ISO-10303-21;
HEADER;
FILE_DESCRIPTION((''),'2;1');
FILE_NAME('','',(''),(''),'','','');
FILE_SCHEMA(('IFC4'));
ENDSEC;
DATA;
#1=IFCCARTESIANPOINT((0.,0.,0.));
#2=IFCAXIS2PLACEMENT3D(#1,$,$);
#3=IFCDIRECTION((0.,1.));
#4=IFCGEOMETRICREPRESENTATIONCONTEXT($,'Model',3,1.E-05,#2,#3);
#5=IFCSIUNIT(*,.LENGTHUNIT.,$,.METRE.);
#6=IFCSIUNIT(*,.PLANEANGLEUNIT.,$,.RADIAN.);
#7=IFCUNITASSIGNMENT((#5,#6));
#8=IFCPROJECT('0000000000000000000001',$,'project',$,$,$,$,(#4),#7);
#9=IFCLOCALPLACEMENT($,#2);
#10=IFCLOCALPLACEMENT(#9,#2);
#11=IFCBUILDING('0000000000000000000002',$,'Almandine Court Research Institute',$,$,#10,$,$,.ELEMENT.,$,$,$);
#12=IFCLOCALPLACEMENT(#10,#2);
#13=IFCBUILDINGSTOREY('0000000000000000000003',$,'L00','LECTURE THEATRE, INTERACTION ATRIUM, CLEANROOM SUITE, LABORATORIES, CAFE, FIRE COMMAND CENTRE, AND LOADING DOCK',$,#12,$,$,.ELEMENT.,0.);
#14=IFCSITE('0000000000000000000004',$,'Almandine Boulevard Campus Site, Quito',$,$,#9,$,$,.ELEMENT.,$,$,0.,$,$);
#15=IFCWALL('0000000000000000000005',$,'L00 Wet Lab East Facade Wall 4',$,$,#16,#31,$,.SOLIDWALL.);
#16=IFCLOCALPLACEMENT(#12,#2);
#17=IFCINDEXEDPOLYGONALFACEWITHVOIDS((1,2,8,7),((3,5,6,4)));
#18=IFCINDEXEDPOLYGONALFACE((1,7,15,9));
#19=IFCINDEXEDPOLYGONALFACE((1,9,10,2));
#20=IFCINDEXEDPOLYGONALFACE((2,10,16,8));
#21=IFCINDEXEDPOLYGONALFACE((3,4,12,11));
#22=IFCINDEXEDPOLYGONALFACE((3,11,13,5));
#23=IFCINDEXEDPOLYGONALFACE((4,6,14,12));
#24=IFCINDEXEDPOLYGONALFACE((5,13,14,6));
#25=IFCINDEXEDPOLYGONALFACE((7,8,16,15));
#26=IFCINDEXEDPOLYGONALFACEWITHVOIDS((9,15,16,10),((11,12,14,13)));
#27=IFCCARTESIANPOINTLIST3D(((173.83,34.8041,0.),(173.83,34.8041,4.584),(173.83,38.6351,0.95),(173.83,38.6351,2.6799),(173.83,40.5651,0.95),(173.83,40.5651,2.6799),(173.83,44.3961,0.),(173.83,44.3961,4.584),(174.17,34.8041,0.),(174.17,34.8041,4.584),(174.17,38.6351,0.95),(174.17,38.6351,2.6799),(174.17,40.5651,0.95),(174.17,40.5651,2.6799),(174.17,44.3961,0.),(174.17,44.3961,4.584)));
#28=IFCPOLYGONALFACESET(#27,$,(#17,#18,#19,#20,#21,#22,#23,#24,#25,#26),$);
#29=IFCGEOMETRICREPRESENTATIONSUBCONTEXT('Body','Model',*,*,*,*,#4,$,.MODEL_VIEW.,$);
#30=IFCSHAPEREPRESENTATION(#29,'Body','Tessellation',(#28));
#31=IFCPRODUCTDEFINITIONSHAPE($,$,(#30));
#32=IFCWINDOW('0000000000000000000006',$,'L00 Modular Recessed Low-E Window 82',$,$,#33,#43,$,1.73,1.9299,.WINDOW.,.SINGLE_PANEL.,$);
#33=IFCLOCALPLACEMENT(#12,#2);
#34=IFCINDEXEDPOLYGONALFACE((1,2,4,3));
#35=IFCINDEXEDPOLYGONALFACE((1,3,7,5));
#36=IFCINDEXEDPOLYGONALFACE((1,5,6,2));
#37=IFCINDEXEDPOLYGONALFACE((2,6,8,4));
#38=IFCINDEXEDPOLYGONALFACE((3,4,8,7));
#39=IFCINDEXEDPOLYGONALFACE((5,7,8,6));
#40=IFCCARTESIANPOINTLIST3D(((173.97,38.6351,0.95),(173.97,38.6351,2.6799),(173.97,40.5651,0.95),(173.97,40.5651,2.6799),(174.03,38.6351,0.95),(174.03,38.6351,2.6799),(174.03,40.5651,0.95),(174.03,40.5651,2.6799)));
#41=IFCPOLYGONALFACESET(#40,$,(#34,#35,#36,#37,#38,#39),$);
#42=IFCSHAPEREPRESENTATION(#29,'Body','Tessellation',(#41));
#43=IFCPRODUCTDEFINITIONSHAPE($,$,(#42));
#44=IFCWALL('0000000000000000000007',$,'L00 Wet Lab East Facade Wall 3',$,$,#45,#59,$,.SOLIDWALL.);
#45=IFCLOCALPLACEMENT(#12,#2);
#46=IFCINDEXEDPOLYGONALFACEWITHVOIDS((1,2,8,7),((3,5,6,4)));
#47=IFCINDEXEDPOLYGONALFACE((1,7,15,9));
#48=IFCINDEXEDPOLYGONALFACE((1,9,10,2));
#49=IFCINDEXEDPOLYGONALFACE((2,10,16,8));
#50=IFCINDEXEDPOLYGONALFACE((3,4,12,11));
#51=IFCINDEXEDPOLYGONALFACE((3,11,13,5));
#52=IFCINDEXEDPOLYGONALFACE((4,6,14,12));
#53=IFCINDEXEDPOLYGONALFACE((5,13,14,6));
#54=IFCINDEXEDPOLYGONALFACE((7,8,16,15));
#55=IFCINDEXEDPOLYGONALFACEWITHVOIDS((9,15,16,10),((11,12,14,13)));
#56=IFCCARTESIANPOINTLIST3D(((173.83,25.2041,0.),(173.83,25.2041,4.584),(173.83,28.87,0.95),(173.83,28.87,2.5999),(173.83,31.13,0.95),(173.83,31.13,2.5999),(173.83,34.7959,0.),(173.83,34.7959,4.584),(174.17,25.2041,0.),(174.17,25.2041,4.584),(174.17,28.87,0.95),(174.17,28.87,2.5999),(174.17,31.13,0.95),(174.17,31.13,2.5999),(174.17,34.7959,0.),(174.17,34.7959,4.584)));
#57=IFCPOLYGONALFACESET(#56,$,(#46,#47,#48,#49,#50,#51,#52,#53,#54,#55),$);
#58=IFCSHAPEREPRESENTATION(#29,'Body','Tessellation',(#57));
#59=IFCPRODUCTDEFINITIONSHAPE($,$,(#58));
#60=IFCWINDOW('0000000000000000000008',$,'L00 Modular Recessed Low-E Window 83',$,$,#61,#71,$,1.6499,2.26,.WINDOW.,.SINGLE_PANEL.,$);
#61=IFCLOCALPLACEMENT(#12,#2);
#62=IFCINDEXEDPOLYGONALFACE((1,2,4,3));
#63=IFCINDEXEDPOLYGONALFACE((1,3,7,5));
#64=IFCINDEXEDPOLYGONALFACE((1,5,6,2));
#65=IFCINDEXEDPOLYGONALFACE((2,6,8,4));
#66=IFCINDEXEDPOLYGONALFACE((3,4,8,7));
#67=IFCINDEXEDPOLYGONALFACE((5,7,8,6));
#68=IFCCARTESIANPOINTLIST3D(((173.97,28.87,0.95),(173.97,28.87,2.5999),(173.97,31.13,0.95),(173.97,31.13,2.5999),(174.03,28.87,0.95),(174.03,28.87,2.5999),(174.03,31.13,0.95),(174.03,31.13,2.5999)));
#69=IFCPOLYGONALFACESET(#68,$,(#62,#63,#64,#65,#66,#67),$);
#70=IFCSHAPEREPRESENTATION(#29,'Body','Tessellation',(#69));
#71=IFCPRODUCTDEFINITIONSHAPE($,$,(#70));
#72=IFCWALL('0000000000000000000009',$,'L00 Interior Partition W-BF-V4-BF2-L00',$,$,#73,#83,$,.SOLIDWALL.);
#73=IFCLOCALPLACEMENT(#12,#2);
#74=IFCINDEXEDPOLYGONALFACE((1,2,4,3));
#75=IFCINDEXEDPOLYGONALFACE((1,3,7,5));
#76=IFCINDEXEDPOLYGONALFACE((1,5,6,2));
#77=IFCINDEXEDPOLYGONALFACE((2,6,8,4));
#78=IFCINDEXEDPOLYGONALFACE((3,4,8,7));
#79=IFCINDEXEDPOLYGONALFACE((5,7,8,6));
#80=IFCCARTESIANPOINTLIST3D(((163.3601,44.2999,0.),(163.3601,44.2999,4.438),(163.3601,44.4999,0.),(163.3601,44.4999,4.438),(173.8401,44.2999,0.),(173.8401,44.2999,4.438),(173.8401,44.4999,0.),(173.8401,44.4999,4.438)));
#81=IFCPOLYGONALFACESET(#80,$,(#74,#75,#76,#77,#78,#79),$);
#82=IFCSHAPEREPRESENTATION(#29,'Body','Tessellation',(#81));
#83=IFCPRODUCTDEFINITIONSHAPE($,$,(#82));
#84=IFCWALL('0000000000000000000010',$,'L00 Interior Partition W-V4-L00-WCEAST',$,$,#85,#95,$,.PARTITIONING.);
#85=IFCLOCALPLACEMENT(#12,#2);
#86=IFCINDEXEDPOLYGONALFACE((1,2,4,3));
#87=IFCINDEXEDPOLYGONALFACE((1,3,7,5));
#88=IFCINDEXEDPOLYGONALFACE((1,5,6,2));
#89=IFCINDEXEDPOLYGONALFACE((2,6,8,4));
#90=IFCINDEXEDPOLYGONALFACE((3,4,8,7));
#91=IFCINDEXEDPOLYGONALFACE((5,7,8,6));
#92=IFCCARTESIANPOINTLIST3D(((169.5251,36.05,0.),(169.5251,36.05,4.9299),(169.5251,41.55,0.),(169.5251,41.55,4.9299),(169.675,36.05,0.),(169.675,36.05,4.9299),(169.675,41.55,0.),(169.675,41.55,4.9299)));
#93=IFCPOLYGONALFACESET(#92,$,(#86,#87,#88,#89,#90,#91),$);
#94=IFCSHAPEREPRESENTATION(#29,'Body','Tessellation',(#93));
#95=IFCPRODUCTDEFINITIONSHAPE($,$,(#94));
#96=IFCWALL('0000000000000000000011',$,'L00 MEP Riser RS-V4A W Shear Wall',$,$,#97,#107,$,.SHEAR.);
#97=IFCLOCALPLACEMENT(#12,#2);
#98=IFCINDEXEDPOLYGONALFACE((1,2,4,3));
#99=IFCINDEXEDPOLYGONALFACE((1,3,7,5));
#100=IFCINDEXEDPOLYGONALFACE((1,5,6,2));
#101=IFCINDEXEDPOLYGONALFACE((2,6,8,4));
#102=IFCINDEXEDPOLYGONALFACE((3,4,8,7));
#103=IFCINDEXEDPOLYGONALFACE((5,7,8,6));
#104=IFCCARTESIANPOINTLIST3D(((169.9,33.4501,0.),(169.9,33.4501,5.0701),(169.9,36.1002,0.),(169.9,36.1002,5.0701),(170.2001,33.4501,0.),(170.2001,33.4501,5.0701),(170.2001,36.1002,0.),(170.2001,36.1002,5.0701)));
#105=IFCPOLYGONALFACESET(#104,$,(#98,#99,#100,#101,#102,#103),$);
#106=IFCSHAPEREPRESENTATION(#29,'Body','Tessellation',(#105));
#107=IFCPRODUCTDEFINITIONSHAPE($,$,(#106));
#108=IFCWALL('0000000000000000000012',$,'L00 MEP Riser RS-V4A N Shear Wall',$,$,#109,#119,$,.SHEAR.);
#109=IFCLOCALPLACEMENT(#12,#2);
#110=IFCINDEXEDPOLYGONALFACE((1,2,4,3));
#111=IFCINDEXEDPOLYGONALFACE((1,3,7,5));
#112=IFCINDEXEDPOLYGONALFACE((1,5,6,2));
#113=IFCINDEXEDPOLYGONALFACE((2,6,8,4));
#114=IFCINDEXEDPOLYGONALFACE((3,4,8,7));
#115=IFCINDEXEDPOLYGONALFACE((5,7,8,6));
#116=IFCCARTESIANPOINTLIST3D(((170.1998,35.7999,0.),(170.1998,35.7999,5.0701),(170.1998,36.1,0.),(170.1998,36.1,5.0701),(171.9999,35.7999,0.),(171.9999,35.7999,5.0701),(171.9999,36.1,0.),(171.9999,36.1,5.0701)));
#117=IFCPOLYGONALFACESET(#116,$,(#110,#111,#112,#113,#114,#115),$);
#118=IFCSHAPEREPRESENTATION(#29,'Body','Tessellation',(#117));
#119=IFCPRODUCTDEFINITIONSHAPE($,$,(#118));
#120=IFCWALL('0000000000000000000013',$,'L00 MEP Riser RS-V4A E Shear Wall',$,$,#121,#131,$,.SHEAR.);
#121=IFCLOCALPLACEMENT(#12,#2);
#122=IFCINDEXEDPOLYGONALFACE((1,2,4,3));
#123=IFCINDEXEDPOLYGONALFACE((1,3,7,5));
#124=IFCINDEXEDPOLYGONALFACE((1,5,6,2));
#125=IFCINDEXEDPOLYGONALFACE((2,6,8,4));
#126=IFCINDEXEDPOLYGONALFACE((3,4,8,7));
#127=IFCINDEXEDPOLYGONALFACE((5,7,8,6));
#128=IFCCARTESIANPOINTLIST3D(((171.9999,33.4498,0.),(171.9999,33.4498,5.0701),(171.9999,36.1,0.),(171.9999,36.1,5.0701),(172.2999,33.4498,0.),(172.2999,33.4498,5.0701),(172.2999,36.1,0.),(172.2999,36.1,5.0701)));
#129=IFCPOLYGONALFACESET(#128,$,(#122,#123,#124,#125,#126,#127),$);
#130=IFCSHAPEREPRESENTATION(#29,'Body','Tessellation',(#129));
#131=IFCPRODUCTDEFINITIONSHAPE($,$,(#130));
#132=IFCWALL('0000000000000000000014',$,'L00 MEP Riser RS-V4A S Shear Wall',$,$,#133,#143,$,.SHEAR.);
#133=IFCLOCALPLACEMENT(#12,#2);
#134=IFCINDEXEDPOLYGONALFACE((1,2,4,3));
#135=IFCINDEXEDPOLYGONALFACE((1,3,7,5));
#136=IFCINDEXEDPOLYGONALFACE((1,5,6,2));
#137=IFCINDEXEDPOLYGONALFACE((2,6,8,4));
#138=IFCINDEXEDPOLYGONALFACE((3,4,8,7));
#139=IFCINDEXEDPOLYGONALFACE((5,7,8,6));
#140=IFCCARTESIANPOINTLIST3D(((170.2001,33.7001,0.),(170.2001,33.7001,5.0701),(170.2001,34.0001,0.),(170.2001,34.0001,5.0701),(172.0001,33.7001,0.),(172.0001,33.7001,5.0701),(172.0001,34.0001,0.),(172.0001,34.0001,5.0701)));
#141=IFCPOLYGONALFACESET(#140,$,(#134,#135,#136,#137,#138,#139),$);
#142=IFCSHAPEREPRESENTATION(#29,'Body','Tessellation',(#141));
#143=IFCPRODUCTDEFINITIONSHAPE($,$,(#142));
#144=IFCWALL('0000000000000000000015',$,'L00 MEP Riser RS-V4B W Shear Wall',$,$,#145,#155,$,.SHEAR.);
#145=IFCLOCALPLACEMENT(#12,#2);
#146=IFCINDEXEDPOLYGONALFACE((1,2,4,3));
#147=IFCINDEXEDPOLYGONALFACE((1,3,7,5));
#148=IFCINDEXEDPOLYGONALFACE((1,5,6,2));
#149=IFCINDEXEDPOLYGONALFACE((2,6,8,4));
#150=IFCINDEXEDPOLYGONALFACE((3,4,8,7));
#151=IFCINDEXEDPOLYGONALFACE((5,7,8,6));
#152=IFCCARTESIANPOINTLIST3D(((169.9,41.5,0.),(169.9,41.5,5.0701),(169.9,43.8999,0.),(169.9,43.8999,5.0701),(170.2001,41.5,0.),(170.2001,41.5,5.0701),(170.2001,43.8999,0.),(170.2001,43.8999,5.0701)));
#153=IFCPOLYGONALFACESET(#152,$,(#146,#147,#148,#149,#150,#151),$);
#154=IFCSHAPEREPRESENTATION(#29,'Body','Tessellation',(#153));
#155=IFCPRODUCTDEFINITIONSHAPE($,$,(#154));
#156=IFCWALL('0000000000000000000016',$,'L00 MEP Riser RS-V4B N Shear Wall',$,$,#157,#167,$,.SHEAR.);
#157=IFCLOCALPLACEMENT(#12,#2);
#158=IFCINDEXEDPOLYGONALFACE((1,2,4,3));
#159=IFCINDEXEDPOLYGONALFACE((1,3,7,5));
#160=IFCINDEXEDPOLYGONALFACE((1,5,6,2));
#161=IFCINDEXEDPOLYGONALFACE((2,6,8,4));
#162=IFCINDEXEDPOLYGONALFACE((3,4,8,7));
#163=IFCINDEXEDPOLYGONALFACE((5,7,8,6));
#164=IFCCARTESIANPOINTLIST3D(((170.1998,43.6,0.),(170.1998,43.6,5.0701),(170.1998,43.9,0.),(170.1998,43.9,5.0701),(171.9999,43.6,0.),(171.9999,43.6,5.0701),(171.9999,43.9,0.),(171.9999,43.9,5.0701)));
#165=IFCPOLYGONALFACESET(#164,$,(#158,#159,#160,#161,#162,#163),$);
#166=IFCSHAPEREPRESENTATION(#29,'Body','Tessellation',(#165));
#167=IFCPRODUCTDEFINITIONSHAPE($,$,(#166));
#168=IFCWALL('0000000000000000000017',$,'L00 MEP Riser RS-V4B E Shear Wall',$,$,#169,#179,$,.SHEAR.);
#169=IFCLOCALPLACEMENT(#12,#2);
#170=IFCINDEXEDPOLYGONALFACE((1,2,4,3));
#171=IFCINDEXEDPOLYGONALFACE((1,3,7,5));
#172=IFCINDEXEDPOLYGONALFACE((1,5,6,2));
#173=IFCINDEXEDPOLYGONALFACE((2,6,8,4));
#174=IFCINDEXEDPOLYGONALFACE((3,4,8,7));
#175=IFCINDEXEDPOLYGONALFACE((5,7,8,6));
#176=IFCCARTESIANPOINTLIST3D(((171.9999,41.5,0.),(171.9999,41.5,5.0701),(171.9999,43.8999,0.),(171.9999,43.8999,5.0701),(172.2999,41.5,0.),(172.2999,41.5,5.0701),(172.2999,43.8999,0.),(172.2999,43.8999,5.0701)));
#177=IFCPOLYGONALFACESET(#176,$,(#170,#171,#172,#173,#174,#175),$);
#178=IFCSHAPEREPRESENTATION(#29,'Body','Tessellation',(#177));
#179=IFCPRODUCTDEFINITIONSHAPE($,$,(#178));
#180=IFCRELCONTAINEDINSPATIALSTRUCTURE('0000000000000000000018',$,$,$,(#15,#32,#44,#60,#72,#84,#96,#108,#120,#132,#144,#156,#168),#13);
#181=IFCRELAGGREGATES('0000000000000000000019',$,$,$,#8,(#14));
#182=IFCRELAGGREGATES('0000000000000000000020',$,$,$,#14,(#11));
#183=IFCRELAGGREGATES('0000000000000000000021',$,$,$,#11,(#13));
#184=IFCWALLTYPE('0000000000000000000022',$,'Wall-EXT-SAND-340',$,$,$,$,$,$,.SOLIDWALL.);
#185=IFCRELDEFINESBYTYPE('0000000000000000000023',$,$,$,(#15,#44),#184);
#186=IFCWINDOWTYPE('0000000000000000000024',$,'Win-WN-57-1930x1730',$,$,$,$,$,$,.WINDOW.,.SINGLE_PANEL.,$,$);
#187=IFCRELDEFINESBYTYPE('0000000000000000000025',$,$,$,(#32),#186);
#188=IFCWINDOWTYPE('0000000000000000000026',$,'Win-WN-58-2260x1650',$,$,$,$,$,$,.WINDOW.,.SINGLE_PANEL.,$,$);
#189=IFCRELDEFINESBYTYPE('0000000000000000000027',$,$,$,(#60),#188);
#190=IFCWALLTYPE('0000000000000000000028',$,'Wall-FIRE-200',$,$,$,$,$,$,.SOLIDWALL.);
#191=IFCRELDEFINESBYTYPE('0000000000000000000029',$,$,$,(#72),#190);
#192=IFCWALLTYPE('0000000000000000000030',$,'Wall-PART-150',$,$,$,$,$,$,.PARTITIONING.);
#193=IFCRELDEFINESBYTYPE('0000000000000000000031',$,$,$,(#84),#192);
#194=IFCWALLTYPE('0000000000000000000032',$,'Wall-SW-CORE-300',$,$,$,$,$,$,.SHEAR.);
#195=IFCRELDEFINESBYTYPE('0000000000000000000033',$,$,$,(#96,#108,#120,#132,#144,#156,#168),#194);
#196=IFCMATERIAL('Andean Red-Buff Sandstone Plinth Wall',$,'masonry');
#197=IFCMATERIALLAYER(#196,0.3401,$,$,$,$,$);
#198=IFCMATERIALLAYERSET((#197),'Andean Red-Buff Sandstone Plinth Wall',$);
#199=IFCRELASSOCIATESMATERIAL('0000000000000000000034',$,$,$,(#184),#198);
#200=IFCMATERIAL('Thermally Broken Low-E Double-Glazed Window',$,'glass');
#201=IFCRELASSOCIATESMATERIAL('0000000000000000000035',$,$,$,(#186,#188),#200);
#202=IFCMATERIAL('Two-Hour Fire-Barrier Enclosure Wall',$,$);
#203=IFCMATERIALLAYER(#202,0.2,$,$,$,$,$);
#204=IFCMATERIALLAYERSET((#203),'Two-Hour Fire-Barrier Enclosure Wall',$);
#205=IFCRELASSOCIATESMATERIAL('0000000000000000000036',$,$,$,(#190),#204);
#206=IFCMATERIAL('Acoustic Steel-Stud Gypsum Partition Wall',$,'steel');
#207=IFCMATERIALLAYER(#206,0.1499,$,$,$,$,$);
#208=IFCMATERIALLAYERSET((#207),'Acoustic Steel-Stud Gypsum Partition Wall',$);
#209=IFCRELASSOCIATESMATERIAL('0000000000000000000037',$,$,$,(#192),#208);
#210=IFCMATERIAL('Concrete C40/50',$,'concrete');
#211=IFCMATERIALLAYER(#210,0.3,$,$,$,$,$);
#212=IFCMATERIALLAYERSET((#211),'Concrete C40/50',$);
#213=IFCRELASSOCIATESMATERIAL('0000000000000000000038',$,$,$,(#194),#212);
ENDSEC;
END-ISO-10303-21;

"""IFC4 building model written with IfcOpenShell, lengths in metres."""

from ifc_helpers import new_model, si_unit, direction, frame, frame_2d, origin, place, context, subcontext, project, spatial, rectangle, extrude, material, layer, layer_set, type_object, element, fill, save


model = new_model("IFC4")

# Units and contexts
model_context = context("Model", 3, precision=1e-05, world=origin(), true_north=direction((0.0, 1.0)))
body_context = subcontext(model_context, "Body", "Model", "MODEL_VIEW")
ifc_project = project(units=[si_unit("LENGTHUNIT", "METRE"), si_unit("PLANEANGLEUNIT", "RADIAN")], contexts=[model_context])

# Site, building, storey
site_placement = place(None, origin())
site = spatial("IfcSite", under=ifc_project, at=site_placement, Name="Almandine Boulevard Campus Site, Quito", CompositionType="ELEMENT", RefElevation=0.0)
building_placement = place(site_placement, origin())
building = spatial("IfcBuilding", under=site, at=building_placement, Name="Almandine Court Research Institute", CompositionType="ELEMENT")
storey_placement = place(building_placement, origin())
storey = spatial("IfcBuildingStorey", under=building, at=storey_placement, Name="L00", Description="LECTURE THEATRE, INTERACTION ATRIUM, CLEANROOM SUITE, LABORATORIES, CAFE, FIRE COMMAND CENTRE, AND LOADING DOCK", CompositionType="ELEMENT", Elevation=0.0)

# Walls, openings, windows
ifc_material_1 = material(Name="Andean Red-Buff Sandstone Plinth Wall", Category="masonry")
ifc_layer_1 = layer(ifc_material_1, 0.3401)
ifc_layer_set_1 = layer_set([ifc_layer_1], Name="Andean Red-Buff Sandstone Plinth Wall")
wall_type_1 = type_object("IfcWallType", Name="Wall-EXT-SAND-340", PredefinedType="SOLIDWALL", material=ifc_layer_set_1)
wall_1_placement = place(storey_placement, frame((174.0, 44.396, 0.0), z_axis=(0.0, 0.0, 1.0), x_axis=(0.0, -1.0, 0.0)))
wall_1 = element("IfcWall", 1, at=wall_1_placement, inside=storey, type_object=wall_type_1, Name="L00 Wet Lab East Facade Wall 4", PredefinedType="SOLIDWALL", context=body_context, shape_type="SweptSolid", body=[
    extrude(rectangle(XDim=9.592, YDim=0.3401, at=frame_2d((4.7959, 0.0))), origin(), (0.0, 0.0, 1.0), 4.584),
])
opening_1_placement = place(wall_1_placement, frame((3.8311, 0.0, 0.95)))
opening_1 = element("IfcOpeningElement", 2, at=opening_1_placement, cuts=wall_1, PredefinedType="OPENING", context=body_context, shape_type="SweptSolid", body=[
    extrude(rectangle(XDim=1.9299, YDim=1.73, at=frame_2d((0.9648, 0.865))), frame((0.0, 0.1799, 0.0), z_axis=(0.0, -1.0, 0.0), x_axis=(1.0, 0.0, 0.0)), (0.0, 0.0, 1.0), 0.3601),
])
ifc_material_2 = material(Name="Thermally Broken Low-E Double-Glazed Window", Category="glass")
window_type_1 = type_object("IfcWindowType", Name="Win-WN-57-1930x1730", PartitioningType="SINGLE_PANEL", PredefinedType="WINDOW", material=ifc_material_2)
window_1_placement = place(opening_1_placement, origin())
window_1 = element("IfcWindow", 3, at=window_1_placement, inside=storey, type_object=window_type_1, Name="L00 Modular Recessed Low-E Window 82", OverallHeight=1.73, OverallWidth=1.9299, PartitioningType="SINGLE_PANEL", PredefinedType="WINDOW", context=body_context, shape_type="SweptSolid", body=[
    extrude(rectangle(XDim=1.9299, YDim=1.73, at=frame_2d((0.9648, 0.865))), frame((0.0, 0.03, 0.0), z_axis=(0.0, -1.0, 0.0), x_axis=(1.0, 0.0, 0.0)), (0.0, 0.0, 1.0), 0.0601),
])
fill(opening_1, window_1)
wall_2_placement = place(storey_placement, frame((174.0, 34.7959, 0.0), z_axis=(0.0, 0.0, 1.0), x_axis=(0.0, -1.0, 0.0)))
wall_2 = element("IfcWall", 4, at=wall_2_placement, inside=storey, type_object=wall_type_1, Name="L00 Wet Lab East Facade Wall 3", PredefinedType="SOLIDWALL", context=body_context, shape_type="SweptSolid", body=[
    extrude(rectangle(XDim=9.5918, YDim=0.3401, at=frame_2d((4.7959, 0.0))), origin(), (0.0, 0.0, 1.0), 4.584),
])
opening_2_placement = place(wall_2_placement, frame((3.666, 0.0, 0.95)))
opening_2 = element("IfcOpeningElement", 5, at=opening_2_placement, cuts=wall_2, PredefinedType="OPENING", context=body_context, shape_type="SweptSolid", body=[
    extrude(rectangle(XDim=2.26, YDim=1.6499, at=frame_2d((1.1299, 0.825))), frame((0.0, 0.1799, 0.0), z_axis=(0.0, -1.0, 0.0), x_axis=(1.0, 0.0, 0.0)), (0.0, 0.0, 1.0), 0.3601),
])
window_type_2 = type_object("IfcWindowType", Name="Win-WN-58-2260x1650", PartitioningType="SINGLE_PANEL", PredefinedType="WINDOW", material=ifc_material_2)
window_2_placement = place(opening_2_placement, origin())
window_2 = element("IfcWindow", 6, at=window_2_placement, inside=storey, type_object=window_type_2, Name="L00 Modular Recessed Low-E Window 83", OverallHeight=1.6499, OverallWidth=2.26, PartitioningType="SINGLE_PANEL", PredefinedType="WINDOW", context=body_context, shape_type="SweptSolid", body=[
    extrude(rectangle(XDim=2.26, YDim=1.6499, at=frame_2d((1.1299, 0.825))), frame((0.0, 0.03, 0.0), z_axis=(0.0, -1.0, 0.0), x_axis=(1.0, 0.0, 0.0)), (0.0, 0.0, 1.0), 0.0601),
])
fill(opening_2, window_2)

# Walls
ifc_material_3 = material(Name="Two-Hour Fire-Barrier Enclosure Wall")
ifc_layer_2 = layer(ifc_material_3, 0.2)
ifc_layer_set_2 = layer_set([ifc_layer_2], Name="Two-Hour Fire-Barrier Enclosure Wall")
wall_type_2 = type_object("IfcWallType", Name="Wall-FIRE-200", PredefinedType="SOLIDWALL", material=ifc_layer_set_2)
wall_3_placement = place(storey_placement, frame((163.3601, 44.3999, 0.0), z_axis=(0.0, 0.0, 1.0), x_axis=(1.0, 0.0, 0.0)))
element("IfcWall", 7, at=wall_3_placement, inside=storey, type_object=wall_type_2, Name="L00 Interior Partition W-BF-V4-BF2-L00", PredefinedType="SOLIDWALL", context=body_context, shape_type="SweptSolid", body=[
    extrude(rectangle(XDim=10.48, YDim=0.2, at=frame_2d((5.24, 0.0))), origin(), (0.0, 0.0, 1.0), 4.438),
])
ifc_material_4 = material(Name="Acoustic Steel-Stud Gypsum Partition Wall", Category="steel")
ifc_layer_3 = layer(ifc_material_4, 0.1499)
ifc_layer_set_3 = layer_set([ifc_layer_3], Name="Acoustic Steel-Stud Gypsum Partition Wall")
wall_type_3 = type_object("IfcWallType", Name="Wall-PART-150", PredefinedType="PARTITIONING", material=ifc_layer_set_3)
wall_4_placement = place(storey_placement, frame((169.6001, 36.05, 0.0), z_axis=(0.0, 0.0, 1.0), x_axis=(0.0, 1.0, 0.0)))
element("IfcWall", 8, at=wall_4_placement, inside=storey, type_object=wall_type_3, Name="L00 Interior Partition W-V4-L00-WCEAST", PredefinedType="PARTITIONING", context=body_context, shape_type="SweptSolid", body=[
    extrude(rectangle(XDim=5.5, YDim=0.1499, at=frame_2d((2.75, 0.0))), origin(), (0.0, 0.0, 1.0), 4.9299),
])
ifc_material_5 = material(Name="Concrete C40/50", Category="concrete")
ifc_layer_4 = layer(ifc_material_5, 0.3)
ifc_layer_set_4 = layer_set([ifc_layer_4], Name="Concrete C40/50")
wall_type_4 = type_object("IfcWallType", Name="Wall-SW-CORE-300", PredefinedType="SHEAR", material=ifc_layer_set_4)
wall_5_placement = place(storey_placement, frame((170.05, 33.45, 0.0), z_axis=(0.0, 0.0, 1.0), x_axis=(0.0, 1.0, 0.0)))
element("IfcWall", 9, at=wall_5_placement, inside=storey, type_object=wall_type_4, Name="L00 MEP Riser RS-V4A W Shear Wall", PredefinedType="SHEAR", context=body_context, shape_type="SweptSolid", body=[
    extrude(rectangle(XDim=2.6501, YDim=0.3, at=frame_2d((1.3252, 0.0))), origin(), (0.0, 0.0, 1.0), 5.0701),
])
wall_6_placement = place(storey_placement, frame((170.2, 35.95, 0.0), z_axis=(0.0, 0.0, 1.0), x_axis=(1.0, 0.0, 0.0)))
element("IfcWall", 10, at=wall_6_placement, inside=storey, type_object=wall_type_4, Name="L00 MEP Riser RS-V4A N Shear Wall", PredefinedType="SHEAR", context=body_context, shape_type="SweptSolid", body=[
    extrude(rectangle(XDim=1.8, YDim=0.3, at=frame_2d((0.8999, 0.0))), origin(), (0.0, 0.0, 1.0), 5.0701),
])
wall_7_placement = place(storey_placement, frame((172.1499, 36.1001, 0.0), z_axis=(0.0, 0.0, 1.0), x_axis=(0.0, -1.0, 0.0)))
element("IfcWall", 11, at=wall_7_placement, inside=storey, type_object=wall_type_4, Name="L00 MEP Riser RS-V4A E Shear Wall", PredefinedType="SHEAR", context=body_context, shape_type="SweptSolid", body=[
    extrude(rectangle(XDim=2.6501, YDim=0.3, at=frame_2d((1.3252, 0.0))), origin(), (0.0, 0.0, 1.0), 5.0701),
])
wall_8_placement = place(storey_placement, frame((172.0, 33.8501, 0.0), z_axis=(0.0, 0.0, 1.0), x_axis=(-1.0, 0.0, 0.0)))
element("IfcWall", 12, at=wall_8_placement, inside=storey, type_object=wall_type_4, Name="L00 MEP Riser RS-V4A S Shear Wall", PredefinedType="SHEAR", context=body_context, shape_type="SweptSolid", body=[
    extrude(rectangle(XDim=1.8, YDim=0.3, at=frame_2d((0.8999, 0.0))), origin(), (0.0, 0.0, 1.0), 5.0701),
])
wall_9_placement = place(storey_placement, frame((170.05, 41.5, 0.0), z_axis=(0.0, 0.0, 1.0), x_axis=(0.0, 1.0, 0.0)))
element("IfcWall", 13, at=wall_9_placement, inside=storey, type_object=wall_type_4, Name="L00 MEP Riser RS-V4B W Shear Wall", PredefinedType="SHEAR", context=body_context, shape_type="SweptSolid", body=[
    extrude(rectangle(XDim=2.3999, YDim=0.3, at=frame_2d((1.2, 0.0))), origin(), (0.0, 0.0, 1.0), 5.0701),
])
wall_10_placement = place(storey_placement, frame((170.2, 43.75, 0.0), z_axis=(0.0, 0.0, 1.0), x_axis=(1.0, 0.0, 0.0)))
element("IfcWall", 14, at=wall_10_placement, inside=storey, type_object=wall_type_4, Name="L00 MEP Riser RS-V4B N Shear Wall", PredefinedType="SHEAR", context=body_context, shape_type="SweptSolid", body=[
    extrude(rectangle(XDim=1.8, YDim=0.3, at=frame_2d((0.8999, 0.0))), origin(), (0.0, 0.0, 1.0), 5.0701),
])
wall_11_placement = place(storey_placement, frame((172.1499, 43.8999, 0.0), z_axis=(0.0, 0.0, 1.0), x_axis=(0.0, -1.0, 0.0)))
element("IfcWall", 15, at=wall_11_placement, inside=storey, type_object=wall_type_4, Name="L00 MEP Riser RS-V4B E Shear Wall", PredefinedType="SHEAR", context=body_context, shape_type="SweptSolid", body=[
    extrude(rectangle(XDim=2.3999, YDim=0.3, at=frame_2d((1.2, 0.0))), origin(), (0.0, 0.0, 1.0), 5.0701),
])

save(model, "model.ifc")
